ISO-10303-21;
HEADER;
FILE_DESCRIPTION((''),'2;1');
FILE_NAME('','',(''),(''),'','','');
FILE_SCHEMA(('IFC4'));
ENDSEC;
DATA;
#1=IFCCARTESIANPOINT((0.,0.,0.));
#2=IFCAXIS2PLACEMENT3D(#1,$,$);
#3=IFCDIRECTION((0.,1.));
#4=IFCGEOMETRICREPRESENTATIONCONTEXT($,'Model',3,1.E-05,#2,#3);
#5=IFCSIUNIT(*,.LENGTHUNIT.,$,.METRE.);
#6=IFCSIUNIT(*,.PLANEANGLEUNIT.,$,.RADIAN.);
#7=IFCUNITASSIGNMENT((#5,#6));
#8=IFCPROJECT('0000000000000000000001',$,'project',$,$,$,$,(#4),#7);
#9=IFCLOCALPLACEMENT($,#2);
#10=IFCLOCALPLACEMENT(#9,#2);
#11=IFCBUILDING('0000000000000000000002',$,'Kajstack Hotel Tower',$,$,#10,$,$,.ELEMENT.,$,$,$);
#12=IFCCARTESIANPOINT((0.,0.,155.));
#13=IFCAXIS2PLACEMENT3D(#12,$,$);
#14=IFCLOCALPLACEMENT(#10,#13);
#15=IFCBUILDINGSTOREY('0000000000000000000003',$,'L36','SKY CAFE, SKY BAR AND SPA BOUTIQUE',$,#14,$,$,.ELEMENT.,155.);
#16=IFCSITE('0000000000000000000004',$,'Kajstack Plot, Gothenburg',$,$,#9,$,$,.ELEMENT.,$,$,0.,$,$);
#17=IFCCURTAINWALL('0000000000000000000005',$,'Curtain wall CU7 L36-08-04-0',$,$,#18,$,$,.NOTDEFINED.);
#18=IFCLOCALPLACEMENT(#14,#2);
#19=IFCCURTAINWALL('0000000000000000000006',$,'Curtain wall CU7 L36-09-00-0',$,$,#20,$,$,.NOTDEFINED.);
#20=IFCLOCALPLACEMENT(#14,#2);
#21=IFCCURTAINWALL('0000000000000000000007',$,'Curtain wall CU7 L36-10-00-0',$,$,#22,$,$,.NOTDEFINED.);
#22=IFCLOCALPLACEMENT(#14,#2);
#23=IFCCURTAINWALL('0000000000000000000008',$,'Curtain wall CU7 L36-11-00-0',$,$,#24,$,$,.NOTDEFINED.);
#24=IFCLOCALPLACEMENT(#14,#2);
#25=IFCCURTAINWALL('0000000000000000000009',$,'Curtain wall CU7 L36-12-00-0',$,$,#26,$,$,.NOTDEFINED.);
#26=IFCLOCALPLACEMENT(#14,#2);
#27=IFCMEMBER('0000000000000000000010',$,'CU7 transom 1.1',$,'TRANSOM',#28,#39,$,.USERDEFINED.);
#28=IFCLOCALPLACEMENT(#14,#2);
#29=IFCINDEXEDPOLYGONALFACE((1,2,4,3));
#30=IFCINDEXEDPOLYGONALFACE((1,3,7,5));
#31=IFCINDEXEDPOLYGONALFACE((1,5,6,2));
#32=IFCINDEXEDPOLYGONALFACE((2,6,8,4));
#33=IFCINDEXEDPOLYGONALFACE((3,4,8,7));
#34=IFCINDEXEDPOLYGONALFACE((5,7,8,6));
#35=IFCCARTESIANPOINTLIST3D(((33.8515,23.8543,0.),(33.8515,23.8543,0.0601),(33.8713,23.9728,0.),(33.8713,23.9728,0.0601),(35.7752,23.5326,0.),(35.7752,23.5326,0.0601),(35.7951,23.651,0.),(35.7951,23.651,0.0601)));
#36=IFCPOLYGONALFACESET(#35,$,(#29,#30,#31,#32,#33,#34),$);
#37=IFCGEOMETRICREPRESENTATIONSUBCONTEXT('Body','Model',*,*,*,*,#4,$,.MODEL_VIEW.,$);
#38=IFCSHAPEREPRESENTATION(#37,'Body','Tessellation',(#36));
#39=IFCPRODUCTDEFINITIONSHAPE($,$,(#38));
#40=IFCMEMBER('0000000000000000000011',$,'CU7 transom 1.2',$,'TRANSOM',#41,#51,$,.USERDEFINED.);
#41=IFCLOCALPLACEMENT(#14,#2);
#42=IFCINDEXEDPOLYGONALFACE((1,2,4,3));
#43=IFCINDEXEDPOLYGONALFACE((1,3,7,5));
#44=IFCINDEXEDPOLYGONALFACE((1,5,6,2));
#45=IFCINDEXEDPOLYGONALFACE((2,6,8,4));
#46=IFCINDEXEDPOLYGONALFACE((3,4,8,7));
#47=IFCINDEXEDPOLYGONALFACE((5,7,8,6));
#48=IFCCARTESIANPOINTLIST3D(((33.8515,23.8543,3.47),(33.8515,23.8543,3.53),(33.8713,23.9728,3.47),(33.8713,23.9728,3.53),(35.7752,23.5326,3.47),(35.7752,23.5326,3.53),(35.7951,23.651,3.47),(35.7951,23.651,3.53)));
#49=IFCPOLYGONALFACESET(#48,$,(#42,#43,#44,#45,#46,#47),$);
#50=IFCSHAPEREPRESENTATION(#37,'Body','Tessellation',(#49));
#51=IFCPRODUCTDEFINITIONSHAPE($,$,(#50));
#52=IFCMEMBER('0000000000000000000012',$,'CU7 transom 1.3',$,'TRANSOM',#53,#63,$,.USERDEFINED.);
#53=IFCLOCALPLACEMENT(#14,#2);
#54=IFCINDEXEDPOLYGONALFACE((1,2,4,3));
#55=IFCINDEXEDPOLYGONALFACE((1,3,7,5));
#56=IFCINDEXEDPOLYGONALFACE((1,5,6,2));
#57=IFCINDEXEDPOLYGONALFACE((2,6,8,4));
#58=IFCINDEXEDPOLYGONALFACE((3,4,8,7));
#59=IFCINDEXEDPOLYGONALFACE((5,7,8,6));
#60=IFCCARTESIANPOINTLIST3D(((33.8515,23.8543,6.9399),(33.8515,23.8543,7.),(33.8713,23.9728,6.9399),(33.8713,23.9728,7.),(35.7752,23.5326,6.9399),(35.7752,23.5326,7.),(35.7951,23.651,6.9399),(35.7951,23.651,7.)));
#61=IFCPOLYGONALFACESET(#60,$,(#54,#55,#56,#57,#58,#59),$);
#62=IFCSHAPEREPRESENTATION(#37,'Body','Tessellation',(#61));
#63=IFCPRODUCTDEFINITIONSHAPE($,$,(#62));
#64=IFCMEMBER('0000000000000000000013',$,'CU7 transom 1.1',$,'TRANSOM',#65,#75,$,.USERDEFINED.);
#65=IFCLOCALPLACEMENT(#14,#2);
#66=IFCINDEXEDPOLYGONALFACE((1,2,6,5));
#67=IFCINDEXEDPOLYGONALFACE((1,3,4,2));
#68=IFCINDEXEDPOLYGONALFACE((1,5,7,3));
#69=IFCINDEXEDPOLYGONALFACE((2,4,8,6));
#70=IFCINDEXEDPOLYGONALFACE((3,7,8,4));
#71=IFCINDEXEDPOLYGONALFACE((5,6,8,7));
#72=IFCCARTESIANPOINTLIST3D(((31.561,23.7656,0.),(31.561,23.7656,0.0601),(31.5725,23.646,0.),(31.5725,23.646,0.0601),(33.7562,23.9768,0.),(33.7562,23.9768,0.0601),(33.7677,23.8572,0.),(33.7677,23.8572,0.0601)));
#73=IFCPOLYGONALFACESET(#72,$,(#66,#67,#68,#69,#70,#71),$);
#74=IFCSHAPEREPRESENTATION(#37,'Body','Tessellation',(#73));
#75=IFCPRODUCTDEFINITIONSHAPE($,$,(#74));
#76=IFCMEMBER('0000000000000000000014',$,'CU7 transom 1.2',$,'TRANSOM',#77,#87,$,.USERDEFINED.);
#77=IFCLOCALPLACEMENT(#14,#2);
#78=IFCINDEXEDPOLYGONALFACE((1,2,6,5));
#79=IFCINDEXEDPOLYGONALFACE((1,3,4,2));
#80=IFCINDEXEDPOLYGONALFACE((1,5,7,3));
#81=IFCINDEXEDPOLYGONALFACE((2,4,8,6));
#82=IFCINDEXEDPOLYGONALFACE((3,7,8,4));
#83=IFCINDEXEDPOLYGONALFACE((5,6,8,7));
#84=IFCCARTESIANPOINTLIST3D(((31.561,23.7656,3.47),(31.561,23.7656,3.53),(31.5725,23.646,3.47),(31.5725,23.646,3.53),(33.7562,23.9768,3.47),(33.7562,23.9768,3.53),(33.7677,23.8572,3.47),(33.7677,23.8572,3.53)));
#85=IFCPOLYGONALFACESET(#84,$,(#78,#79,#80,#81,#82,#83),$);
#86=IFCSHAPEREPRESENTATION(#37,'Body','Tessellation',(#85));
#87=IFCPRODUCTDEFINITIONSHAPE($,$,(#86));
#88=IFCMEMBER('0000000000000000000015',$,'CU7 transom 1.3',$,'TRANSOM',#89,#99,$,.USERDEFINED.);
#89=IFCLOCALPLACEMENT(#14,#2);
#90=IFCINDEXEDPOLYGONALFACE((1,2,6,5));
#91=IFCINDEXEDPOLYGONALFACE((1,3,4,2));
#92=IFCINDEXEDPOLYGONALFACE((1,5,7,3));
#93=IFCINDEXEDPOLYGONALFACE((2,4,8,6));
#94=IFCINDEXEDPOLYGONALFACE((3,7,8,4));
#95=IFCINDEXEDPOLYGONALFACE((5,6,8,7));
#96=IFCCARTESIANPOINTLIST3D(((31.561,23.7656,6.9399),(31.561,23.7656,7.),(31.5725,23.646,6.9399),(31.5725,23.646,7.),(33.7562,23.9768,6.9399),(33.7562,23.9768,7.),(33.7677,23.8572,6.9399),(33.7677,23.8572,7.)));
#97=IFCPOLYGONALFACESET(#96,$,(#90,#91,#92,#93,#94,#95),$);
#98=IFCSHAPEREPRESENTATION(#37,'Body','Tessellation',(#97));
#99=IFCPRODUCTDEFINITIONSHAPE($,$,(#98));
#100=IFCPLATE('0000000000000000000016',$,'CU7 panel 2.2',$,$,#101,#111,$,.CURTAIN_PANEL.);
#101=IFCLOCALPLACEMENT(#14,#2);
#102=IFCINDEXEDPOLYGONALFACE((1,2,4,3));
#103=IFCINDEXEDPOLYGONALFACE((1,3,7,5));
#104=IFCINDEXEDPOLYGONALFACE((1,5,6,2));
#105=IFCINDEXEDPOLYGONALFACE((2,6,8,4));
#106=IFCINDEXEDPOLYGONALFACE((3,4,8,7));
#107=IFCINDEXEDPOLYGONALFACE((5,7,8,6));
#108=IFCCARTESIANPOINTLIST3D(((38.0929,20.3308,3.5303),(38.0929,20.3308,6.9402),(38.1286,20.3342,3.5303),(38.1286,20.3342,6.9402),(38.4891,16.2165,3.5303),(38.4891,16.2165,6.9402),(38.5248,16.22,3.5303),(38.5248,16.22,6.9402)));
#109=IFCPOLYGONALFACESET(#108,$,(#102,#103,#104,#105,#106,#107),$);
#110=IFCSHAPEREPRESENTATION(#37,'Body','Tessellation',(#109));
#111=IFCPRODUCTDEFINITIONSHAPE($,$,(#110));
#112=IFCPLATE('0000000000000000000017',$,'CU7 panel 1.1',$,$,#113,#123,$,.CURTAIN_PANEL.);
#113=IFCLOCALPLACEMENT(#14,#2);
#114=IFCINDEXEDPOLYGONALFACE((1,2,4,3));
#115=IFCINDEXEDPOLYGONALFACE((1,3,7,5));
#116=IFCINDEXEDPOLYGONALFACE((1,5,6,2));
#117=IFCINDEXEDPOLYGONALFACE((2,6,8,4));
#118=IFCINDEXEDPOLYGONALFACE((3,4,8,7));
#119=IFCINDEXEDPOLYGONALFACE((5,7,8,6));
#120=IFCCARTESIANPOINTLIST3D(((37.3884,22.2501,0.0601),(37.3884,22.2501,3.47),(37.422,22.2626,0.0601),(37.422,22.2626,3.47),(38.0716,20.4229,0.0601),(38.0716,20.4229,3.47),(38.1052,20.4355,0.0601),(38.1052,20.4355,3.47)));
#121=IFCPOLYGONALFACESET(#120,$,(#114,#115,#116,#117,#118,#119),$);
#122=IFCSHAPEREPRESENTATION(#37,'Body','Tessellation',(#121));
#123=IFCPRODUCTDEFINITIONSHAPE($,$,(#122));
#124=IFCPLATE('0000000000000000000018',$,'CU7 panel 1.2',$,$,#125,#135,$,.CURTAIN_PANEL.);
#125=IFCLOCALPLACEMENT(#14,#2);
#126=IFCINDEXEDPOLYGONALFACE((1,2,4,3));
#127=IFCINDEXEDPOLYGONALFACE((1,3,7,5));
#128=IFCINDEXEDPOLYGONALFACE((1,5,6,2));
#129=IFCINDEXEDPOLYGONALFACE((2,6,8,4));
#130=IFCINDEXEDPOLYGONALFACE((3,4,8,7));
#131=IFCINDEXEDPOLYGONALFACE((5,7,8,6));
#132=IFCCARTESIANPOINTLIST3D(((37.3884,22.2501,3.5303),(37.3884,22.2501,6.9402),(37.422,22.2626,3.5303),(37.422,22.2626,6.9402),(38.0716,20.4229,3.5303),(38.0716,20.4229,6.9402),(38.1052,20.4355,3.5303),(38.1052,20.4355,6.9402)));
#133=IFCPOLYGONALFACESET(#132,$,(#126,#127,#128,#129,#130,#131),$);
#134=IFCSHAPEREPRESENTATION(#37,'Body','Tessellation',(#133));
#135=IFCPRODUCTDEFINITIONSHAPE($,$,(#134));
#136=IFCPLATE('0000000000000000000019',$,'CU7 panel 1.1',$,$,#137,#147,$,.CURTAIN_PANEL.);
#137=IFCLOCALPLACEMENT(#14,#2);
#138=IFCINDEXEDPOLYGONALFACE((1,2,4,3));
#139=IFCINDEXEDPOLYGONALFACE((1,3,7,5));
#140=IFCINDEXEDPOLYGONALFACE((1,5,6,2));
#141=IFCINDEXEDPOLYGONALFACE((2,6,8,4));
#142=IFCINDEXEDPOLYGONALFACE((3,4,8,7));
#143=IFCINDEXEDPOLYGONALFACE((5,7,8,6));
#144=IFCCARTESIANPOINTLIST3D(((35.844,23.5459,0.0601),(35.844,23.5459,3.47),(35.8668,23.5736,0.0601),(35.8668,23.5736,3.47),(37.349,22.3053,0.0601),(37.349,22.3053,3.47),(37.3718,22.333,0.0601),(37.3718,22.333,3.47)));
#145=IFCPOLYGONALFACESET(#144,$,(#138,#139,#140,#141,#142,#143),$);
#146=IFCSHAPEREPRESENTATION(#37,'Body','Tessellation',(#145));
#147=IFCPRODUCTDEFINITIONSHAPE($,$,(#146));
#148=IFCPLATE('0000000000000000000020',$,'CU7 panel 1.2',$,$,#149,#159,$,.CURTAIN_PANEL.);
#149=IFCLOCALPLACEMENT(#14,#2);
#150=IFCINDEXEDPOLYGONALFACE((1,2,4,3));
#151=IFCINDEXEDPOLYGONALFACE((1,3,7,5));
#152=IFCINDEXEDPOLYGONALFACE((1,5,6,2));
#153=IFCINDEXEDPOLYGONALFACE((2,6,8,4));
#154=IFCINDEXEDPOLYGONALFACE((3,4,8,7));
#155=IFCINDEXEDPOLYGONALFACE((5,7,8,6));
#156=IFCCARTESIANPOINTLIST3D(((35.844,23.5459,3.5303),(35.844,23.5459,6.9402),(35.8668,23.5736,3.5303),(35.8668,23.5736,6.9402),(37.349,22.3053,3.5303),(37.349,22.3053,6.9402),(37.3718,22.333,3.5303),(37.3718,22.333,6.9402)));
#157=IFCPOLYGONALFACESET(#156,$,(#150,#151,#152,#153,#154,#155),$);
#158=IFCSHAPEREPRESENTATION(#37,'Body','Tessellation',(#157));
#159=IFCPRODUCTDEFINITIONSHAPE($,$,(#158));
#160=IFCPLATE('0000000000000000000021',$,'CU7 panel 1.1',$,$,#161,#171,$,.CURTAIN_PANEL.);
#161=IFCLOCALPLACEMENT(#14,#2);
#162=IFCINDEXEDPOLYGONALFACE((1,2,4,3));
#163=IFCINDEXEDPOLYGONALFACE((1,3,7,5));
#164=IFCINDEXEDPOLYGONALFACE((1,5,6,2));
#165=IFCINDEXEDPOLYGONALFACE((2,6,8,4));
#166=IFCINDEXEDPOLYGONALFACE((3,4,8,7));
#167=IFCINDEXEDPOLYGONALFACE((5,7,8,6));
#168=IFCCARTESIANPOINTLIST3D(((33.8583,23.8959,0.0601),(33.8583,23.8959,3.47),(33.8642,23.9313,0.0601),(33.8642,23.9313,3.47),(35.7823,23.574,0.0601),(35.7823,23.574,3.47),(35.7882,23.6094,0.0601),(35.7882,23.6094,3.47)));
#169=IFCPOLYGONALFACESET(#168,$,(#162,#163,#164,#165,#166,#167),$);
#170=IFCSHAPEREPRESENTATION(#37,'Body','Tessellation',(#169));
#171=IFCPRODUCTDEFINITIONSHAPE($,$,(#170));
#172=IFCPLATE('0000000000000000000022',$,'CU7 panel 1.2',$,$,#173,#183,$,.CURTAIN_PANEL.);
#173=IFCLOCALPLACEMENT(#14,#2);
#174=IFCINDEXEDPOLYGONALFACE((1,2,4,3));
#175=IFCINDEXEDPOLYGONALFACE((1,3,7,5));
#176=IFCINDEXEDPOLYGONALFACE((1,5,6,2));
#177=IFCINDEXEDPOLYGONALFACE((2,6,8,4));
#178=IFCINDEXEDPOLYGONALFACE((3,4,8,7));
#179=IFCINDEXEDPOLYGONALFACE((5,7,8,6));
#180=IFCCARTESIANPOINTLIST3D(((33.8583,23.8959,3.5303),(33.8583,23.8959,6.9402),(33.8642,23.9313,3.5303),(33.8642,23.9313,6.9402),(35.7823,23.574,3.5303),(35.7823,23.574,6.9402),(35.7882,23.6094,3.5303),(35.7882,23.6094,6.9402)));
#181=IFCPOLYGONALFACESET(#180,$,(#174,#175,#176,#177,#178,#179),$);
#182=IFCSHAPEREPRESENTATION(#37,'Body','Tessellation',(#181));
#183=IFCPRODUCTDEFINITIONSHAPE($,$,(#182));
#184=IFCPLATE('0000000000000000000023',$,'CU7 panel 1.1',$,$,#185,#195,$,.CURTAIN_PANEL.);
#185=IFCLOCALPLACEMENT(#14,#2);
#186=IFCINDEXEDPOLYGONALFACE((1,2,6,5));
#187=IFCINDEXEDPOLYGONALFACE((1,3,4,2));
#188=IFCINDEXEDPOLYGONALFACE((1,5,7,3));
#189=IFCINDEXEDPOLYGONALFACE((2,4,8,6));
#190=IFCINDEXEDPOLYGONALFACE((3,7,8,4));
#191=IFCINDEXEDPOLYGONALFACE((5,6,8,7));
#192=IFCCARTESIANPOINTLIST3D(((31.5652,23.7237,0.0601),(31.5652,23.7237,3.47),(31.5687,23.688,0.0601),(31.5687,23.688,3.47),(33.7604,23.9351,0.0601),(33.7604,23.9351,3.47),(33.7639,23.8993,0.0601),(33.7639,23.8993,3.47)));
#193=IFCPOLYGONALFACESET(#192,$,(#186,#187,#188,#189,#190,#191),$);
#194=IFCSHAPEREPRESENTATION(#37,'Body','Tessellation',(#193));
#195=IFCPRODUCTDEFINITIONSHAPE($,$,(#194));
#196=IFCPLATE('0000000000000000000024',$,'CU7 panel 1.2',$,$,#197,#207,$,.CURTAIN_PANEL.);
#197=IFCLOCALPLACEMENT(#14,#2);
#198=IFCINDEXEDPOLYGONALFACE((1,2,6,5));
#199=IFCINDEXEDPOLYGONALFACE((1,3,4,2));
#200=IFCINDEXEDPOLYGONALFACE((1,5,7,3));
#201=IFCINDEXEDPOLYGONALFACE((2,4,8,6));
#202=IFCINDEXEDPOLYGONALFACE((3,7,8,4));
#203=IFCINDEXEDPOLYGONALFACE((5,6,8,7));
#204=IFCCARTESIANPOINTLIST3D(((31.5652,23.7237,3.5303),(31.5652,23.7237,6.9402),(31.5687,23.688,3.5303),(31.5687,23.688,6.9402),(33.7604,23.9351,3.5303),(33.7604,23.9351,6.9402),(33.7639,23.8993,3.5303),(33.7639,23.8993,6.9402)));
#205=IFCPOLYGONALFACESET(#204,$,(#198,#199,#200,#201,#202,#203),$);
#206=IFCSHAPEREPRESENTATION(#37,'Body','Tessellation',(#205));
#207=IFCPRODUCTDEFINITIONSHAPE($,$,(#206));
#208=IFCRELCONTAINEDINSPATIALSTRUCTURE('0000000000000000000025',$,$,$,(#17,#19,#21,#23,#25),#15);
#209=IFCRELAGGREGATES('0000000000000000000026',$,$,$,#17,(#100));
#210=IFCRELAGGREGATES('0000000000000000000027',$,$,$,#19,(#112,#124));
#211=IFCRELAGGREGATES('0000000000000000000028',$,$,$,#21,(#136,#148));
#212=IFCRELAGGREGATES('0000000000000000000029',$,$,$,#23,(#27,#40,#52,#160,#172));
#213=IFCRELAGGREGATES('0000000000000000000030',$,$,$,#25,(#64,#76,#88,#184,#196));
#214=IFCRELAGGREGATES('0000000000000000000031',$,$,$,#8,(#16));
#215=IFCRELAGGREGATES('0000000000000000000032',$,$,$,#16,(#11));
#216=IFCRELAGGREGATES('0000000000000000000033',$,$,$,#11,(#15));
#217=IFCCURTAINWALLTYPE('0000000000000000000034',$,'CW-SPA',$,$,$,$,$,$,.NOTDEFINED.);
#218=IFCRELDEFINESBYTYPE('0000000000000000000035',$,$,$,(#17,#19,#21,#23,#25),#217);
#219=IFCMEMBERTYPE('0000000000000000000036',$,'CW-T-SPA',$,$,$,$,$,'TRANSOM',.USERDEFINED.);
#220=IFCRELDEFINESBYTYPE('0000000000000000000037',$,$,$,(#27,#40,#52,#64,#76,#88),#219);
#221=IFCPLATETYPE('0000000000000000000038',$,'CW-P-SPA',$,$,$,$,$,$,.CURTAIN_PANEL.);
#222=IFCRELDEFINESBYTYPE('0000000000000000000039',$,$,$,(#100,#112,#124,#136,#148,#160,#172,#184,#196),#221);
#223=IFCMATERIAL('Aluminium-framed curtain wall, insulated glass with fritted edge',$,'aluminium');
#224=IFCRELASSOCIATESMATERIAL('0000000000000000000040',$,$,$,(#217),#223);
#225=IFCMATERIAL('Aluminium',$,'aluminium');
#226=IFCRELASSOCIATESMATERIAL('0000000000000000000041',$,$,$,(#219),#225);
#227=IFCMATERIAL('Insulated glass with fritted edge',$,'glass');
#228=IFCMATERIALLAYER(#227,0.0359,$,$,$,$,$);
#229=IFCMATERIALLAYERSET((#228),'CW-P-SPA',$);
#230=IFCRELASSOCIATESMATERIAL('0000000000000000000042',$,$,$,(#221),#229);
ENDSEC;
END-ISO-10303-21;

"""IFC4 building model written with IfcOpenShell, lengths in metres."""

from ifc_helpers import new_model, si_unit, direction, frame, origin, origin_2d, place, context, subcontext, project, spatial, rectangle, extrude, material, layer, layer_set, material_profile, profile_set, type_object, element, aggregate, save


model = new_model("IFC4")

# Units and contexts
model_context = context("Model", 3, precision=1e-05, world=origin(), true_north=direction((0.0, 1.0)))
body_context = subcontext(model_context, "Body", "Model", "MODEL_VIEW")
ifc_project = project(units=[si_unit("LENGTHUNIT", "METRE"), si_unit("PLANEANGLEUNIT", "RADIAN")], contexts=[model_context])

# Site, building, storey
site_placement = place(None, origin())
site = spatial("IfcSite", under=ifc_project, at=site_placement, Name="Kajstack Plot, Gothenburg", CompositionType="ELEMENT", RefElevation=0.0)
building_placement = place(site_placement, origin())
building = spatial("IfcBuilding", under=site, at=building_placement, Name="Kajstack Hotel Tower", CompositionType="ELEMENT")
storey_placement = place(building_placement, frame((0.0, 0.0, 155.0)))
storey = spatial("IfcBuildingStorey", under=building, at=storey_placement, Name="L36", Description="SKY CAFE, SKY BAR AND SPA BOUTIQUE", CompositionType="ELEMENT", Elevation=155.0)

# Curtain wall
ifc_material_1 = material(Name="Aluminium-framed curtain wall, insulated glass with fritted edge", Category="aluminium")
curtain_wall_type = type_object("IfcCurtainWallType", Name="CW-SPA", PredefinedType="NOTDEFINED", material=ifc_material_1)
curtain_wall_1_placement = place(storey_placement, origin())
curtain_wall_1 = element("IfcCurtainWall", 1, at=curtain_wall_1_placement, inside=storey, type_object=curtain_wall_type, Name="Curtain wall CU7 L36-08-04-0", PredefinedType="NOTDEFINED")
ifc_material_2 = material(Name="Aluminium", Category="aluminium")

# Curtain walls
curtain_wall_2_placement = place(storey_placement, origin())
curtain_wall_2 = element("IfcCurtainWall", 2, at=curtain_wall_2_placement, inside=storey, type_object=curtain_wall_type, Name="Curtain wall CU7 L36-09-00-0", PredefinedType="NOTDEFINED")
curtain_wall_3_placement = place(storey_placement, origin())
curtain_wall_3 = element("IfcCurtainWall", 3, at=curtain_wall_3_placement, inside=storey, type_object=curtain_wall_type, Name="Curtain wall CU7 L36-10-00-0", PredefinedType="NOTDEFINED")
curtain_wall_4_placement = place(storey_placement, origin())
curtain_wall_4 = element("IfcCurtainWall", 4, at=curtain_wall_4_placement, inside=storey, type_object=curtain_wall_type, Name="Curtain wall CU7 L36-11-00-0", PredefinedType="NOTDEFINED")
curtain_wall_5_placement = place(storey_placement, origin())
curtain_wall_5 = element("IfcCurtainWall", 5, at=curtain_wall_5_placement, inside=storey, type_object=curtain_wall_type, Name="Curtain wall CU7 L36-12-00-0", PredefinedType="NOTDEFINED")

# Members
ifc_material_profile_1 = material_profile(ifc_material_2, rectangle(XDim=0.1201, YDim=0.0601, at=origin_2d()), Name="Aluminium transom 120 x 60")
ifc_profile_set_1 = profile_set([ifc_material_profile_1], Name="Aluminium")
member_type_1 = type_object("IfcMemberType", Name="CW-T-SPA", ElementType="TRANSOM", PredefinedType="USERDEFINED", material=ifc_profile_set_1)
member_1_placement = place(storey_placement, frame((35.7852, 23.5918, 0.03), z_axis=(-0.986299, 0.164967, 0.0), x_axis=(-0.164967, -0.986299, 0.0)))
member_1 = element("IfcMember", 6, at=member_1_placement, type_object=member_type_1, Name="CU7 transom 1.1", ObjectType="TRANSOM", PredefinedType="USERDEFINED", context=body_context, shape_type="SweptSolid", body=[
    extrude(rectangle(XDim=0.1201, YDim=0.0601, at=origin_2d()), origin(), (0.0, 0.0, 1.0), 1.9504),
])
member_2_placement = place(storey_placement, frame((35.7852, 23.5918, 3.5), z_axis=(-0.986299, 0.164967, 0.0), x_axis=(-0.164967, -0.986299, 0.0)))
member_2 = element("IfcMember", 7, at=member_2_placement, type_object=member_type_1, Name="CU7 transom 1.2", ObjectType="TRANSOM", PredefinedType="USERDEFINED", context=body_context, shape_type="SweptSolid", body=[
    extrude(rectangle(XDim=0.1201, YDim=0.0601, at=origin_2d()), origin(), (0.0, 0.0, 1.0), 1.9504),
])
member_3_placement = place(storey_placement, frame((35.7852, 23.5918, 6.97), z_axis=(-0.986299, 0.164967, 0.0), x_axis=(-0.164967, -0.986299, 0.0)))
member_3 = element("IfcMember", 8, at=member_3_placement, type_object=member_type_1, Name="CU7 transom 1.3", ObjectType="TRANSOM", PredefinedType="USERDEFINED", context=body_context, shape_type="SweptSolid", body=[
    extrude(rectangle(XDim=0.1201, YDim=0.0601, at=origin_2d()), origin(), (0.0, 0.0, 1.0), 1.9504),
])
member_4_placement = place(storey_placement, frame((33.762, 23.917, 0.03), z_axis=(-0.995404, -0.095765, 0.0), x_axis=(0.095765, -0.995404, 0.0)))
member_4 = element("IfcMember", 9, at=member_4_placement, type_object=member_type_1, Name="CU7 transom 1.1", ObjectType="TRANSOM", PredefinedType="USERDEFINED", context=body_context, shape_type="SweptSolid", body=[
    extrude(rectangle(XDim=0.1201, YDim=0.0601, at=origin_2d()), origin(), (0.0, 0.0, 1.0), 2.2053),
])
member_5_placement = place(storey_placement, frame((33.762, 23.917, 3.5), z_axis=(-0.995404, -0.095765, 0.0), x_axis=(0.095765, -0.995404, 0.0)))
member_5 = element("IfcMember", 10, at=member_5_placement, type_object=member_type_1, Name="CU7 transom 1.2", ObjectType="TRANSOM", PredefinedType="USERDEFINED", context=body_context, shape_type="SweptSolid", body=[
    extrude(rectangle(XDim=0.1201, YDim=0.0601, at=origin_2d()), origin(), (0.0, 0.0, 1.0), 2.2053),
])
member_6_placement = place(storey_placement, frame((33.762, 23.917, 6.97), z_axis=(-0.995404, -0.095765, 0.0), x_axis=(0.095765, -0.995404, 0.0)))
member_6 = element("IfcMember", 11, at=member_6_placement, type_object=member_type_1, Name="CU7 transom 1.3", ObjectType="TRANSOM", PredefinedType="USERDEFINED", context=body_context, shape_type="SweptSolid", body=[
    extrude(rectangle(XDim=0.1201, YDim=0.0601, at=origin_2d()), origin(), (0.0, 0.0, 1.0), 2.2053),
])

# Plates
ifc_material_3 = material(Name="Insulated glass with fritted edge", Category="glass")
ifc_layer_1 = layer(ifc_material_3, 0.0359)
ifc_layer_set_1 = layer_set([ifc_layer_1], Name="CW-P-SPA")
plate_type = type_object("IfcPlateType", Name="CW-P-SPA", PredefinedType="CURTAIN_PANEL", material=ifc_layer_set_1)
plate_1_placement = place(storey_placement, frame((38.3088, 18.2754, 3.5303), z_axis=(0.0, 0.0, 1.0), x_axis=(-0.095844, 0.995396, 0.0)))
plate_1 = element("IfcPlate", 12, at=plate_1_placement, type_object=plate_type, Name="CU7 panel 2.2", PredefinedType="CURTAIN_PANEL", context=body_context, shape_type="SweptSolid", body=[
    extrude(rectangle(XDim=4.1333, YDim=0.0359, at=origin_2d()), origin(), (0.0, 0.0, 1.0), 3.4099),
])
aggregate(curtain_wall_1, [plate_1])
plate_2_placement = place(storey_placement, frame((37.7468, 21.3428, 0.0601), z_axis=(0.0, 0.0, 1.0), x_axis=(-0.350229, 0.936664, 0.0)))
plate_2 = element("IfcPlate", 13, at=plate_2_placement, type_object=plate_type, Name="CU7 panel 1.1", PredefinedType="CURTAIN_PANEL", context=body_context, shape_type="SweptSolid", body=[
    extrude(rectangle(XDim=1.9507, YDim=0.0359, at=origin_2d()), origin(), (0.0, 0.0, 1.0), 3.4099),
])
plate_3_placement = place(storey_placement, frame((37.7468, 21.3428, 3.5303), z_axis=(0.0, 0.0, 1.0), x_axis=(-0.350229, 0.936664, 0.0)))
plate_3 = element("IfcPlate", 14, at=plate_3_placement, type_object=plate_type, Name="CU7 panel 1.2", PredefinedType="CURTAIN_PANEL", context=body_context, shape_type="SweptSolid", body=[
    extrude(rectangle(XDim=1.9507, YDim=0.0359, at=origin_2d()), origin(), (0.0, 0.0, 1.0), 3.4099),
])
aggregate(curtain_wall_2, [plate_2, plate_3])
plate_4_placement = place(storey_placement, frame((36.6079, 22.9395, 0.0601), z_axis=(0.0, 0.0, 1.0), x_axis=(-0.771615, 0.63609, 0.0)))
plate_4 = element("IfcPlate", 15, at=plate_4_placement, type_object=plate_type, Name="CU7 panel 1.1", PredefinedType="CURTAIN_PANEL", context=body_context, shape_type="SweptSolid", body=[
    extrude(rectangle(XDim=1.9504, YDim=0.0359, at=origin_2d()), origin(), (0.0, 0.0, 1.0), 3.4099),
])
plate_5_placement = place(storey_placement, frame((36.6079, 22.9395, 3.5303), z_axis=(0.0, 0.0, 1.0), x_axis=(-0.771615, 0.63609, 0.0)))
plate_5 = element("IfcPlate", 16, at=plate_5_placement, type_object=plate_type, Name="CU7 panel 1.2", PredefinedType="CURTAIN_PANEL", context=body_context, shape_type="SweptSolid", body=[
    extrude(rectangle(XDim=1.9504, YDim=0.0359, at=origin_2d()), origin(), (0.0, 0.0, 1.0), 3.4099),
])
aggregate(curtain_wall_3, [plate_4, plate_5])
plate_6_placement = place(storey_placement, frame((34.8232, 23.7527, 0.0601), z_axis=(0.0, 0.0, 1.0), x_axis=(-0.986289, 0.165025, 0.0)))
plate_6 = element("IfcPlate", 17, at=plate_6_placement, type_object=plate_type, Name="CU7 panel 1.1", PredefinedType="CURTAIN_PANEL", context=body_context, shape_type="SweptSolid", body=[
    extrude(rectangle(XDim=1.9507, YDim=0.0359, at=origin_2d()), origin(), (0.0, 0.0, 1.0), 3.4099),
])
plate_7_placement = place(storey_placement, frame((34.8232, 23.7527, 3.5303), z_axis=(0.0, 0.0, 1.0), x_axis=(-0.986289, 0.165025, 0.0)))
plate_7 = element("IfcPlate", 18, at=plate_7_placement, type_object=plate_type, Name="CU7 panel 1.2", PredefinedType="CURTAIN_PANEL", context=body_context, shape_type="SweptSolid", body=[
    extrude(rectangle(XDim=1.9507, YDim=0.0359, at=origin_2d()), origin(), (0.0, 0.0, 1.0), 3.4099),
])
aggregate(curtain_wall_4, [member_1, member_2, member_3, plate_6, plate_7])
plate_8_placement = place(storey_placement, frame((32.6646, 23.8115, 0.0601), z_axis=(0.0, 0.0, 1.0), x_axis=(-0.995396, -0.095845, 0.0)))
plate_8 = element("IfcPlate", 19, at=plate_8_placement, type_object=plate_type, Name="CU7 panel 1.1", PredefinedType="CURTAIN_PANEL", context=body_context, shape_type="SweptSolid", body=[
    extrude(rectangle(XDim=2.2053, YDim=0.0359, at=origin_2d()), origin(), (0.0, 0.0, 1.0), 3.4099),
])
plate_9_placement = place(storey_placement, frame((32.6646, 23.8115, 3.5303), z_axis=(0.0, 0.0, 1.0), x_axis=(-0.995396, -0.095845, 0.0)))
plate_9 = element("IfcPlate", 20, at=plate_9_placement, type_object=plate_type, Name="CU7 panel 1.2", PredefinedType="CURTAIN_PANEL", context=body_context, shape_type="SweptSolid", body=[
    extrude(rectangle(XDim=2.2053, YDim=0.0359, at=origin_2d()), origin(), (0.0, 0.0, 1.0), 3.4099),
])
aggregate(curtain_wall_5, [member_4, member_5, member_6, plate_8, plate_9])

save(model, "model.ifc")
